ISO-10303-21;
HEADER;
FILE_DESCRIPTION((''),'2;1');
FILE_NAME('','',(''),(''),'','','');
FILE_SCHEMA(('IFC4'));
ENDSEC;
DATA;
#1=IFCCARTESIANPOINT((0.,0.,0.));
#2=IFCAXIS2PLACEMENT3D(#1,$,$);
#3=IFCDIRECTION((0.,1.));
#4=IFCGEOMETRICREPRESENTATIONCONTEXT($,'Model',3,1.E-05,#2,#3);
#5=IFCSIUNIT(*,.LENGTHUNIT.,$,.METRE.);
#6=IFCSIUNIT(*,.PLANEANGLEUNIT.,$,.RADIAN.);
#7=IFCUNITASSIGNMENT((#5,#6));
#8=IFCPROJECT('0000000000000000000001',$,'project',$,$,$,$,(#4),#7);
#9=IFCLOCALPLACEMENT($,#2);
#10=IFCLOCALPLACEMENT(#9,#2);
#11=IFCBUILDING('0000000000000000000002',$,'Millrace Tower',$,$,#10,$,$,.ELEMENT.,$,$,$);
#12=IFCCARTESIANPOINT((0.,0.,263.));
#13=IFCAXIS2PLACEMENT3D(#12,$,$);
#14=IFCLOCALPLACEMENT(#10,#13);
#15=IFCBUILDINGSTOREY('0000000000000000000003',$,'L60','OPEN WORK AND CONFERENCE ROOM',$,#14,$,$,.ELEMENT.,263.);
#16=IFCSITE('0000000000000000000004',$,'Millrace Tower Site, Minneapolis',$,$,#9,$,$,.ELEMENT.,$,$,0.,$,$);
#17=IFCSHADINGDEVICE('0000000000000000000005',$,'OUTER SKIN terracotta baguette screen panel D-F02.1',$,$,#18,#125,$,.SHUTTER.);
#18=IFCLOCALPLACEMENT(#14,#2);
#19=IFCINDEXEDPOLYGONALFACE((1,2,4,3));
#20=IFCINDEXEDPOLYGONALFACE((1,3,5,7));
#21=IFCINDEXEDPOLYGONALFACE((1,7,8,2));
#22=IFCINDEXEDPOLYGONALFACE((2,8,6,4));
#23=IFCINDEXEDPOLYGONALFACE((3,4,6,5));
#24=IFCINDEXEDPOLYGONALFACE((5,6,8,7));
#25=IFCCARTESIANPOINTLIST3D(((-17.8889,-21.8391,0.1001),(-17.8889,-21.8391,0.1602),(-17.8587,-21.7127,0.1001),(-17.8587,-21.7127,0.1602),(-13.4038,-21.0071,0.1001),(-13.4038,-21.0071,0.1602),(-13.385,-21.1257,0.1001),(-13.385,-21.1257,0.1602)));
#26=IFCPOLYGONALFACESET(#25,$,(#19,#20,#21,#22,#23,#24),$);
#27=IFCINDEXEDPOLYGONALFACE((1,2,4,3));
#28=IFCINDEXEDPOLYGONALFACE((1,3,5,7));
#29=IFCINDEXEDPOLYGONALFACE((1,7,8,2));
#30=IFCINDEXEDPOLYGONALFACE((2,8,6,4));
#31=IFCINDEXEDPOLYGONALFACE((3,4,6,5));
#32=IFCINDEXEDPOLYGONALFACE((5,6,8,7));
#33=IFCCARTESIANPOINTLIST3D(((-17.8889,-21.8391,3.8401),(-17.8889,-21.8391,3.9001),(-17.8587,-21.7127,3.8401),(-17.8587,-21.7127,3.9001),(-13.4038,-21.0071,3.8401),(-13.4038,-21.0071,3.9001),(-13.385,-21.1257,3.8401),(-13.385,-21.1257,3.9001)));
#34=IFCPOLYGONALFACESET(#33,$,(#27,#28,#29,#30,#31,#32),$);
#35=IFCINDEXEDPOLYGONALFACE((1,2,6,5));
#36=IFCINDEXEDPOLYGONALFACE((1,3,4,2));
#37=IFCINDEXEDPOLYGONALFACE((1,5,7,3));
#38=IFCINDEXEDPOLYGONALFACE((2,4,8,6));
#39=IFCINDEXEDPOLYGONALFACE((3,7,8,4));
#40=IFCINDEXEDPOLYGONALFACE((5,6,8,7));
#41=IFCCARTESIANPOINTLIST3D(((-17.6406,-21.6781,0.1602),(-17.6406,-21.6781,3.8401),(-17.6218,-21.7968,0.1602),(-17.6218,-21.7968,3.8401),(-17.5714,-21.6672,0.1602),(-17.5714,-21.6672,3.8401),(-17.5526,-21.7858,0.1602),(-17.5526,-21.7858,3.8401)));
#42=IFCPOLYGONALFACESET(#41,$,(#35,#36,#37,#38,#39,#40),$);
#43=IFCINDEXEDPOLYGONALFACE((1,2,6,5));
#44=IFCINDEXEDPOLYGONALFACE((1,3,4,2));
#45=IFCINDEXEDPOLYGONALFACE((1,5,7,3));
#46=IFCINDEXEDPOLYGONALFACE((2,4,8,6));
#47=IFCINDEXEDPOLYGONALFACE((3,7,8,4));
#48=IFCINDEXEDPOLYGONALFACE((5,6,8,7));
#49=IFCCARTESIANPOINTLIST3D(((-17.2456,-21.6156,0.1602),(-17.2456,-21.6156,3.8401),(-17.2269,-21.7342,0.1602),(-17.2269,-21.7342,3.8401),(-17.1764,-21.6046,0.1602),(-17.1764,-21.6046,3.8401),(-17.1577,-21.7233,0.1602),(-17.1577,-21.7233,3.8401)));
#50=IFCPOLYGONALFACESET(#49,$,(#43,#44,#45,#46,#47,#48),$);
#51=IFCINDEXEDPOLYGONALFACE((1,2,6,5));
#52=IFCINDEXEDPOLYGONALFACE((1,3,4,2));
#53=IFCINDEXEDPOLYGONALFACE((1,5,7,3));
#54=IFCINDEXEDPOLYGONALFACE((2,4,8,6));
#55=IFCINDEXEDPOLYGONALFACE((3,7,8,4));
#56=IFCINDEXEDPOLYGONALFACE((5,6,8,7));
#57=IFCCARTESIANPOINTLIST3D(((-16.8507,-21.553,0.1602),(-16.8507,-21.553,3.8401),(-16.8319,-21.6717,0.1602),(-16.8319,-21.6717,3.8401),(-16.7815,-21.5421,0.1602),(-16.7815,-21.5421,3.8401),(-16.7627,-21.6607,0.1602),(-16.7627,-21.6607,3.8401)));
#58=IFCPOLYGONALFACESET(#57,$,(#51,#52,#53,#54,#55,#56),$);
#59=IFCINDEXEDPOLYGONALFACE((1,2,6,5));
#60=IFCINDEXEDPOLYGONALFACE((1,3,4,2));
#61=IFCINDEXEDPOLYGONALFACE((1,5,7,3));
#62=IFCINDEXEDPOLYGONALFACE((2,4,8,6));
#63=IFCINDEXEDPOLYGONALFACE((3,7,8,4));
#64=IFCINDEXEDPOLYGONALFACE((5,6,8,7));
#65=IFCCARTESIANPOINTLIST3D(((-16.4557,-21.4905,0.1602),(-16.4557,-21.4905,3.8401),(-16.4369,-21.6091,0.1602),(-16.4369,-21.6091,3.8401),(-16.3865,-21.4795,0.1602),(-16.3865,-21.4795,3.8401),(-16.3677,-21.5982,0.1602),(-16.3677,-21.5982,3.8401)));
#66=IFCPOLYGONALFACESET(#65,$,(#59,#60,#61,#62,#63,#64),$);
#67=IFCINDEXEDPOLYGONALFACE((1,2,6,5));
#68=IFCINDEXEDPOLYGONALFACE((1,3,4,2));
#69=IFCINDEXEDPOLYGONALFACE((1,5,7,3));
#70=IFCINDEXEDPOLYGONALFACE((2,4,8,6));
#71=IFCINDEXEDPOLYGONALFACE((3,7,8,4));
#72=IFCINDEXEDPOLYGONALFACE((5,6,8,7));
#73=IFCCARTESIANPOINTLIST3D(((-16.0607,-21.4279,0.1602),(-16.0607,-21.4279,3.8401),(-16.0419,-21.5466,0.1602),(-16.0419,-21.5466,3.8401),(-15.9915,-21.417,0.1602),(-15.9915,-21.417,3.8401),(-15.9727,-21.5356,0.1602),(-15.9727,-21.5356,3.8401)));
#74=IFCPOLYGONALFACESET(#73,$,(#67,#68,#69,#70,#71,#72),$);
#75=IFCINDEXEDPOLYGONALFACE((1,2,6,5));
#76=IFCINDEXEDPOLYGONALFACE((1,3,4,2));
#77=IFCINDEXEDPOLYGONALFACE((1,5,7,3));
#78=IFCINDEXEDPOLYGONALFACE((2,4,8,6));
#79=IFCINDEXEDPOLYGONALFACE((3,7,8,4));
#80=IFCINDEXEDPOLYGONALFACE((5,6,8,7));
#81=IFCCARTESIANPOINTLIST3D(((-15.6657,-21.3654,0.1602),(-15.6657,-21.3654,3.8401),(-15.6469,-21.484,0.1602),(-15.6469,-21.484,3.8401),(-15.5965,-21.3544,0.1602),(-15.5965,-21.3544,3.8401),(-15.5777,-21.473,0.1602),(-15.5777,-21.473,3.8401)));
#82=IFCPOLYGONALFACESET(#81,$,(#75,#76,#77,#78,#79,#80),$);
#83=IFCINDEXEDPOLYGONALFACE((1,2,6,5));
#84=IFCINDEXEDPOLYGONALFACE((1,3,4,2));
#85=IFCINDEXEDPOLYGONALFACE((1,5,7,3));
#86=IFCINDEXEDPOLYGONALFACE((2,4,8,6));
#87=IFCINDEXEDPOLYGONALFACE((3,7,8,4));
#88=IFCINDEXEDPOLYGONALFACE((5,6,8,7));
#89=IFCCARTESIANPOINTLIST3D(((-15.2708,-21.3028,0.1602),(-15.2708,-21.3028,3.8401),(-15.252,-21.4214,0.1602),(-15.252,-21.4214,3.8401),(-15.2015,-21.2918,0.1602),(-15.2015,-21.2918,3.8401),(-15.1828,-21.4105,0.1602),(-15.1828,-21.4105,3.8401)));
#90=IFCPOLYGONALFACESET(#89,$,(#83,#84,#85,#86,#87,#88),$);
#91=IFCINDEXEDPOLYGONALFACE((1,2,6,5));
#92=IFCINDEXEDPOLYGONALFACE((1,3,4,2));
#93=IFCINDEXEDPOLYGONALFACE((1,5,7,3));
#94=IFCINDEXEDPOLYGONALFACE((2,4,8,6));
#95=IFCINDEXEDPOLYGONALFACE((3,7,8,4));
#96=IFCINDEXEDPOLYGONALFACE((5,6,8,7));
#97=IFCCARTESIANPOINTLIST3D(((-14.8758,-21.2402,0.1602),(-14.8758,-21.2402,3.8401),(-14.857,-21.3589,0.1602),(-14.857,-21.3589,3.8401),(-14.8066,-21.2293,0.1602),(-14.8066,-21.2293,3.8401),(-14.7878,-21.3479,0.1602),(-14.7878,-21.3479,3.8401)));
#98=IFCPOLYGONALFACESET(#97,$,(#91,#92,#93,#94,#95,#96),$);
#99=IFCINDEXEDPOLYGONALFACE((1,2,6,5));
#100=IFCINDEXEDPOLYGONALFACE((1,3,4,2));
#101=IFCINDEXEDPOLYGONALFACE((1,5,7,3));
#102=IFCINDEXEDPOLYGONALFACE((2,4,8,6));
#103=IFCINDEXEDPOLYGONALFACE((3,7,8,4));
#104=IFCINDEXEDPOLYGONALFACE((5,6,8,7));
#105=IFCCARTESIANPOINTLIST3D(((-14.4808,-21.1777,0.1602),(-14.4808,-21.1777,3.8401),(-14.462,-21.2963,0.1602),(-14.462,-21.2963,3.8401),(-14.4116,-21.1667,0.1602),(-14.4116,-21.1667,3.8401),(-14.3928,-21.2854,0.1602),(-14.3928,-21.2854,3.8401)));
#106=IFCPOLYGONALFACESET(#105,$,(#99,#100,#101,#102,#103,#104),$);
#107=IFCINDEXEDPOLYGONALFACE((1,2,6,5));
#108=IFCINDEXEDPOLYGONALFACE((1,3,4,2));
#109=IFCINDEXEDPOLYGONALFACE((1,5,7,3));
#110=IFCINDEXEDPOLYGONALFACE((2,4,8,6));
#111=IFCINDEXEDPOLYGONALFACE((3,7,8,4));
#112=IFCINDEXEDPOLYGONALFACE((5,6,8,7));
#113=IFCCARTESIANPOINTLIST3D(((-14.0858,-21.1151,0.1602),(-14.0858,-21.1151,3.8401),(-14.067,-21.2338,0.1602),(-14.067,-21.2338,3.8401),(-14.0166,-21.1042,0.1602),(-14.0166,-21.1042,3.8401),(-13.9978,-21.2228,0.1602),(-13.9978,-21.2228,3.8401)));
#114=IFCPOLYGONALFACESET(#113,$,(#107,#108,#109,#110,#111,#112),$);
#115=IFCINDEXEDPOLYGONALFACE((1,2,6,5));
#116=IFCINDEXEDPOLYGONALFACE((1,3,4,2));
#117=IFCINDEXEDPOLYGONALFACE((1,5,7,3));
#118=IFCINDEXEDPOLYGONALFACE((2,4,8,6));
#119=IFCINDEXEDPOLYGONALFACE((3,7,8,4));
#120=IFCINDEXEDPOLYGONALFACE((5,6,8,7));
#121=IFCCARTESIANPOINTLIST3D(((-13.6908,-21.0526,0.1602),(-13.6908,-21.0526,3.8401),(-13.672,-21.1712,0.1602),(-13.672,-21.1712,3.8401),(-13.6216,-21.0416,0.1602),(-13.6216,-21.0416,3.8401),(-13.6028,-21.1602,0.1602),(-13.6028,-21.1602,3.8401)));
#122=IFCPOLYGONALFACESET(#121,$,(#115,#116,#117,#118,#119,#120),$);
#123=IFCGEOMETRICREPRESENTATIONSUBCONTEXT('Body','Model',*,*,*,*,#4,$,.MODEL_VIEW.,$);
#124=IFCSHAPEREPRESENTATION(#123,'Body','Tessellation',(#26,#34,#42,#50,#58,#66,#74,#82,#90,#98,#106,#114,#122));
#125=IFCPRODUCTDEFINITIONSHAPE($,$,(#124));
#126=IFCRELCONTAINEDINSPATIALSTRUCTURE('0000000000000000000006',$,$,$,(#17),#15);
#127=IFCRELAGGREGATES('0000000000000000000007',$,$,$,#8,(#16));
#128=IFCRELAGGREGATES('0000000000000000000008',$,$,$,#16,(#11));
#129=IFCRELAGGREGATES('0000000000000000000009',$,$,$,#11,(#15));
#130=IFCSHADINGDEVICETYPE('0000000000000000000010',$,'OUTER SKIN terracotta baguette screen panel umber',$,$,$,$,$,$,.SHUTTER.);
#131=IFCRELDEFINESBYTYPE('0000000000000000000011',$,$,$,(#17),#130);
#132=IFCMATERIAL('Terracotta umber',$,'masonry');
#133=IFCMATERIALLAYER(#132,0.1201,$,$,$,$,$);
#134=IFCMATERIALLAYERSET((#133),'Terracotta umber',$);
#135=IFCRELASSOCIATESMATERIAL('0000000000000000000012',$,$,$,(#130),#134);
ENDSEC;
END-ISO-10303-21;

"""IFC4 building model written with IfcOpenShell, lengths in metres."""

from ifc_helpers import new_model, entity, si_unit, direction, frame, frame_2d, origin, place, context, subcontext, project, spatial, rectangle, extrude, source, transform, mapped, material, layer, layer_set, type_object, element, save


model = new_model("IFC4")

# Units and contexts
model_context = context("Model", 3, precision=1e-05, world=origin(), true_north=direction((0.0, 1.0)))
body_context = subcontext(model_context, "Body", "Model", "MODEL_VIEW")
ifc_project = project(units=[si_unit("LENGTHUNIT", "METRE"), si_unit("PLANEANGLEUNIT", "RADIAN")], contexts=[model_context])

# Site, building, storey
site_placement = place(None, origin())
site = spatial("IfcSite", under=ifc_project, at=site_placement, Name="Millrace Tower Site, Minneapolis", CompositionType="ELEMENT", RefElevation=0.0)
building_placement = place(site_placement, origin())
building = spatial("IfcBuilding", under=site, at=building_placement, Name="Millrace Tower", CompositionType="ELEMENT")
storey_placement = place(building_placement, frame((0.0, 0.0, 263.0)))
storey = spatial("IfcBuildingStorey", under=building, at=storey_placement, Name="L60", Description="OPEN WORK AND CONFERENCE ROOM", CompositionType="ELEMENT", Elevation=263.0)

# Shading device
ifc_material_1 = material(Name="Terracotta umber", Category="masonry")
ifc_layer_1 = layer(ifc_material_1, 0.1201)
ifc_layer_set_1 = layer_set([ifc_layer_1], Name="Terracotta umber")
shading_device_type = type_object("IfcShadingDeviceType", Name="OUTER SKIN terracotta baguette screen panel umber", PredefinedType="SHUTTER", material=ifc_layer_set_1)
cartesian_point_1 = entity("IfcCartesianPoint", [-2.2429, 0.0601])
shared_polyline_1 = entity("IfcPolyline", [cartesian_point_1, entity("IfcCartesianPoint", [2.2676, 0.0601]), entity("IfcCartesianPoint", [2.2676, -0.0601]), entity("IfcCartesianPoint", [-2.2925, -0.0601]), cartesian_point_1])
shared_shape_1 = source(origin(), body_context, "Body", "SweptSolid", [
    entity("IfcExtrudedAreaSolid", entity("IfcArbitraryClosedProfileDef", "AREA", None, shared_polyline_1), entity("IfcAxis2Placement3D", entity("IfcCartesianPoint", [0.0, 0.0, 0.0])), entity("IfcDirection", [0.0, 0.0, 1.0]), 0.0601),
    entity("IfcExtrudedAreaSolid", entity("IfcArbitraryClosedProfileDef", "AREA", None, shared_polyline_1), entity("IfcAxis2Placement3D", entity("IfcCartesianPoint", [0.0, 0.0, 3.74])), entity("IfcDirection", [0.0, 0.0, 1.0]), 0.0601),
    extrude(rectangle(XDim=0.0701, YDim=0.1201, at=frame_2d((-1.9871, 0.0))), frame((0.0, 0.0, 0.0601)), (0.0, 0.0, 1.0), 3.6799),
    extrude(rectangle(XDim=0.0701, YDim=0.1201, at=frame_2d((-1.5872, 0.0))), frame((0.0, 0.0, 0.0601)), (0.0, 0.0, 1.0), 3.6799),
    extrude(rectangle(XDim=0.0701, YDim=0.1201, at=frame_2d((-1.1873, 0.0))), frame((0.0, 0.0, 0.0601)), (0.0, 0.0, 1.0), 3.6799),
    extrude(rectangle(XDim=0.0701, YDim=0.1201, at=frame_2d((-0.7874, 0.0))), frame((0.0, 0.0, 0.0601)), (0.0, 0.0, 1.0), 3.6799),
    extrude(rectangle(XDim=0.0701, YDim=0.1201, at=frame_2d((-0.3875, 0.0))), frame((0.0, 0.0, 0.0601)), (0.0, 0.0, 1.0), 3.6799),
    extrude(rectangle(XDim=0.0701, YDim=0.1201, at=frame_2d((0.0125, 0.0))), frame((0.0, 0.0, 0.0601)), (0.0, 0.0, 1.0), 3.6799),
    extrude(rectangle(XDim=0.0701, YDim=0.1201, at=frame_2d((0.4124, 0.0))), frame((0.0, 0.0, 0.0601)), (0.0, 0.0, 1.0), 3.6799),
    extrude(rectangle(XDim=0.0701, YDim=0.1201, at=frame_2d((0.8123, 0.0))), frame((0.0, 0.0, 0.0601)), (0.0, 0.0, 1.0), 3.6799),
    extrude(rectangle(XDim=0.0701, YDim=0.1201, at=frame_2d((1.2122, 0.0))), frame((0.0, 0.0, 0.0601)), (0.0, 0.0, 1.0), 3.6799),
    extrude(rectangle(XDim=0.0701, YDim=0.1201, at=frame_2d((1.6121, 0.0))), frame((0.0, 0.0, 0.0601)), (0.0, 0.0, 1.0), 3.6799),
    extrude(rectangle(XDim=0.0701, YDim=0.1201, at=frame_2d((2.012, 0.0))), frame((0.0, 0.0, 0.0601)), (0.0, 0.0, 1.0), 3.6799),
])
shading_device_1_placement = place(storey_placement, frame((-15.634, -21.4211, 0.1001), z_axis=(0.0, 0.0, 1.0), x_axis=(0.987688, 0.156434, 0.0)))
element("IfcShadingDevice", 1, at=shading_device_1_placement, inside=storey, type_object=shading_device_type, Name="OUTER SKIN terracotta baguette screen panel D-F02.1", PredefinedType="SHUTTER", context=body_context, shape_type="MappedRepresentation", body=[
    mapped(shared_shape_1, transform((0.0, 0.0, 0.0), scale=1.0)),
])

save(model, "model.ifc")
